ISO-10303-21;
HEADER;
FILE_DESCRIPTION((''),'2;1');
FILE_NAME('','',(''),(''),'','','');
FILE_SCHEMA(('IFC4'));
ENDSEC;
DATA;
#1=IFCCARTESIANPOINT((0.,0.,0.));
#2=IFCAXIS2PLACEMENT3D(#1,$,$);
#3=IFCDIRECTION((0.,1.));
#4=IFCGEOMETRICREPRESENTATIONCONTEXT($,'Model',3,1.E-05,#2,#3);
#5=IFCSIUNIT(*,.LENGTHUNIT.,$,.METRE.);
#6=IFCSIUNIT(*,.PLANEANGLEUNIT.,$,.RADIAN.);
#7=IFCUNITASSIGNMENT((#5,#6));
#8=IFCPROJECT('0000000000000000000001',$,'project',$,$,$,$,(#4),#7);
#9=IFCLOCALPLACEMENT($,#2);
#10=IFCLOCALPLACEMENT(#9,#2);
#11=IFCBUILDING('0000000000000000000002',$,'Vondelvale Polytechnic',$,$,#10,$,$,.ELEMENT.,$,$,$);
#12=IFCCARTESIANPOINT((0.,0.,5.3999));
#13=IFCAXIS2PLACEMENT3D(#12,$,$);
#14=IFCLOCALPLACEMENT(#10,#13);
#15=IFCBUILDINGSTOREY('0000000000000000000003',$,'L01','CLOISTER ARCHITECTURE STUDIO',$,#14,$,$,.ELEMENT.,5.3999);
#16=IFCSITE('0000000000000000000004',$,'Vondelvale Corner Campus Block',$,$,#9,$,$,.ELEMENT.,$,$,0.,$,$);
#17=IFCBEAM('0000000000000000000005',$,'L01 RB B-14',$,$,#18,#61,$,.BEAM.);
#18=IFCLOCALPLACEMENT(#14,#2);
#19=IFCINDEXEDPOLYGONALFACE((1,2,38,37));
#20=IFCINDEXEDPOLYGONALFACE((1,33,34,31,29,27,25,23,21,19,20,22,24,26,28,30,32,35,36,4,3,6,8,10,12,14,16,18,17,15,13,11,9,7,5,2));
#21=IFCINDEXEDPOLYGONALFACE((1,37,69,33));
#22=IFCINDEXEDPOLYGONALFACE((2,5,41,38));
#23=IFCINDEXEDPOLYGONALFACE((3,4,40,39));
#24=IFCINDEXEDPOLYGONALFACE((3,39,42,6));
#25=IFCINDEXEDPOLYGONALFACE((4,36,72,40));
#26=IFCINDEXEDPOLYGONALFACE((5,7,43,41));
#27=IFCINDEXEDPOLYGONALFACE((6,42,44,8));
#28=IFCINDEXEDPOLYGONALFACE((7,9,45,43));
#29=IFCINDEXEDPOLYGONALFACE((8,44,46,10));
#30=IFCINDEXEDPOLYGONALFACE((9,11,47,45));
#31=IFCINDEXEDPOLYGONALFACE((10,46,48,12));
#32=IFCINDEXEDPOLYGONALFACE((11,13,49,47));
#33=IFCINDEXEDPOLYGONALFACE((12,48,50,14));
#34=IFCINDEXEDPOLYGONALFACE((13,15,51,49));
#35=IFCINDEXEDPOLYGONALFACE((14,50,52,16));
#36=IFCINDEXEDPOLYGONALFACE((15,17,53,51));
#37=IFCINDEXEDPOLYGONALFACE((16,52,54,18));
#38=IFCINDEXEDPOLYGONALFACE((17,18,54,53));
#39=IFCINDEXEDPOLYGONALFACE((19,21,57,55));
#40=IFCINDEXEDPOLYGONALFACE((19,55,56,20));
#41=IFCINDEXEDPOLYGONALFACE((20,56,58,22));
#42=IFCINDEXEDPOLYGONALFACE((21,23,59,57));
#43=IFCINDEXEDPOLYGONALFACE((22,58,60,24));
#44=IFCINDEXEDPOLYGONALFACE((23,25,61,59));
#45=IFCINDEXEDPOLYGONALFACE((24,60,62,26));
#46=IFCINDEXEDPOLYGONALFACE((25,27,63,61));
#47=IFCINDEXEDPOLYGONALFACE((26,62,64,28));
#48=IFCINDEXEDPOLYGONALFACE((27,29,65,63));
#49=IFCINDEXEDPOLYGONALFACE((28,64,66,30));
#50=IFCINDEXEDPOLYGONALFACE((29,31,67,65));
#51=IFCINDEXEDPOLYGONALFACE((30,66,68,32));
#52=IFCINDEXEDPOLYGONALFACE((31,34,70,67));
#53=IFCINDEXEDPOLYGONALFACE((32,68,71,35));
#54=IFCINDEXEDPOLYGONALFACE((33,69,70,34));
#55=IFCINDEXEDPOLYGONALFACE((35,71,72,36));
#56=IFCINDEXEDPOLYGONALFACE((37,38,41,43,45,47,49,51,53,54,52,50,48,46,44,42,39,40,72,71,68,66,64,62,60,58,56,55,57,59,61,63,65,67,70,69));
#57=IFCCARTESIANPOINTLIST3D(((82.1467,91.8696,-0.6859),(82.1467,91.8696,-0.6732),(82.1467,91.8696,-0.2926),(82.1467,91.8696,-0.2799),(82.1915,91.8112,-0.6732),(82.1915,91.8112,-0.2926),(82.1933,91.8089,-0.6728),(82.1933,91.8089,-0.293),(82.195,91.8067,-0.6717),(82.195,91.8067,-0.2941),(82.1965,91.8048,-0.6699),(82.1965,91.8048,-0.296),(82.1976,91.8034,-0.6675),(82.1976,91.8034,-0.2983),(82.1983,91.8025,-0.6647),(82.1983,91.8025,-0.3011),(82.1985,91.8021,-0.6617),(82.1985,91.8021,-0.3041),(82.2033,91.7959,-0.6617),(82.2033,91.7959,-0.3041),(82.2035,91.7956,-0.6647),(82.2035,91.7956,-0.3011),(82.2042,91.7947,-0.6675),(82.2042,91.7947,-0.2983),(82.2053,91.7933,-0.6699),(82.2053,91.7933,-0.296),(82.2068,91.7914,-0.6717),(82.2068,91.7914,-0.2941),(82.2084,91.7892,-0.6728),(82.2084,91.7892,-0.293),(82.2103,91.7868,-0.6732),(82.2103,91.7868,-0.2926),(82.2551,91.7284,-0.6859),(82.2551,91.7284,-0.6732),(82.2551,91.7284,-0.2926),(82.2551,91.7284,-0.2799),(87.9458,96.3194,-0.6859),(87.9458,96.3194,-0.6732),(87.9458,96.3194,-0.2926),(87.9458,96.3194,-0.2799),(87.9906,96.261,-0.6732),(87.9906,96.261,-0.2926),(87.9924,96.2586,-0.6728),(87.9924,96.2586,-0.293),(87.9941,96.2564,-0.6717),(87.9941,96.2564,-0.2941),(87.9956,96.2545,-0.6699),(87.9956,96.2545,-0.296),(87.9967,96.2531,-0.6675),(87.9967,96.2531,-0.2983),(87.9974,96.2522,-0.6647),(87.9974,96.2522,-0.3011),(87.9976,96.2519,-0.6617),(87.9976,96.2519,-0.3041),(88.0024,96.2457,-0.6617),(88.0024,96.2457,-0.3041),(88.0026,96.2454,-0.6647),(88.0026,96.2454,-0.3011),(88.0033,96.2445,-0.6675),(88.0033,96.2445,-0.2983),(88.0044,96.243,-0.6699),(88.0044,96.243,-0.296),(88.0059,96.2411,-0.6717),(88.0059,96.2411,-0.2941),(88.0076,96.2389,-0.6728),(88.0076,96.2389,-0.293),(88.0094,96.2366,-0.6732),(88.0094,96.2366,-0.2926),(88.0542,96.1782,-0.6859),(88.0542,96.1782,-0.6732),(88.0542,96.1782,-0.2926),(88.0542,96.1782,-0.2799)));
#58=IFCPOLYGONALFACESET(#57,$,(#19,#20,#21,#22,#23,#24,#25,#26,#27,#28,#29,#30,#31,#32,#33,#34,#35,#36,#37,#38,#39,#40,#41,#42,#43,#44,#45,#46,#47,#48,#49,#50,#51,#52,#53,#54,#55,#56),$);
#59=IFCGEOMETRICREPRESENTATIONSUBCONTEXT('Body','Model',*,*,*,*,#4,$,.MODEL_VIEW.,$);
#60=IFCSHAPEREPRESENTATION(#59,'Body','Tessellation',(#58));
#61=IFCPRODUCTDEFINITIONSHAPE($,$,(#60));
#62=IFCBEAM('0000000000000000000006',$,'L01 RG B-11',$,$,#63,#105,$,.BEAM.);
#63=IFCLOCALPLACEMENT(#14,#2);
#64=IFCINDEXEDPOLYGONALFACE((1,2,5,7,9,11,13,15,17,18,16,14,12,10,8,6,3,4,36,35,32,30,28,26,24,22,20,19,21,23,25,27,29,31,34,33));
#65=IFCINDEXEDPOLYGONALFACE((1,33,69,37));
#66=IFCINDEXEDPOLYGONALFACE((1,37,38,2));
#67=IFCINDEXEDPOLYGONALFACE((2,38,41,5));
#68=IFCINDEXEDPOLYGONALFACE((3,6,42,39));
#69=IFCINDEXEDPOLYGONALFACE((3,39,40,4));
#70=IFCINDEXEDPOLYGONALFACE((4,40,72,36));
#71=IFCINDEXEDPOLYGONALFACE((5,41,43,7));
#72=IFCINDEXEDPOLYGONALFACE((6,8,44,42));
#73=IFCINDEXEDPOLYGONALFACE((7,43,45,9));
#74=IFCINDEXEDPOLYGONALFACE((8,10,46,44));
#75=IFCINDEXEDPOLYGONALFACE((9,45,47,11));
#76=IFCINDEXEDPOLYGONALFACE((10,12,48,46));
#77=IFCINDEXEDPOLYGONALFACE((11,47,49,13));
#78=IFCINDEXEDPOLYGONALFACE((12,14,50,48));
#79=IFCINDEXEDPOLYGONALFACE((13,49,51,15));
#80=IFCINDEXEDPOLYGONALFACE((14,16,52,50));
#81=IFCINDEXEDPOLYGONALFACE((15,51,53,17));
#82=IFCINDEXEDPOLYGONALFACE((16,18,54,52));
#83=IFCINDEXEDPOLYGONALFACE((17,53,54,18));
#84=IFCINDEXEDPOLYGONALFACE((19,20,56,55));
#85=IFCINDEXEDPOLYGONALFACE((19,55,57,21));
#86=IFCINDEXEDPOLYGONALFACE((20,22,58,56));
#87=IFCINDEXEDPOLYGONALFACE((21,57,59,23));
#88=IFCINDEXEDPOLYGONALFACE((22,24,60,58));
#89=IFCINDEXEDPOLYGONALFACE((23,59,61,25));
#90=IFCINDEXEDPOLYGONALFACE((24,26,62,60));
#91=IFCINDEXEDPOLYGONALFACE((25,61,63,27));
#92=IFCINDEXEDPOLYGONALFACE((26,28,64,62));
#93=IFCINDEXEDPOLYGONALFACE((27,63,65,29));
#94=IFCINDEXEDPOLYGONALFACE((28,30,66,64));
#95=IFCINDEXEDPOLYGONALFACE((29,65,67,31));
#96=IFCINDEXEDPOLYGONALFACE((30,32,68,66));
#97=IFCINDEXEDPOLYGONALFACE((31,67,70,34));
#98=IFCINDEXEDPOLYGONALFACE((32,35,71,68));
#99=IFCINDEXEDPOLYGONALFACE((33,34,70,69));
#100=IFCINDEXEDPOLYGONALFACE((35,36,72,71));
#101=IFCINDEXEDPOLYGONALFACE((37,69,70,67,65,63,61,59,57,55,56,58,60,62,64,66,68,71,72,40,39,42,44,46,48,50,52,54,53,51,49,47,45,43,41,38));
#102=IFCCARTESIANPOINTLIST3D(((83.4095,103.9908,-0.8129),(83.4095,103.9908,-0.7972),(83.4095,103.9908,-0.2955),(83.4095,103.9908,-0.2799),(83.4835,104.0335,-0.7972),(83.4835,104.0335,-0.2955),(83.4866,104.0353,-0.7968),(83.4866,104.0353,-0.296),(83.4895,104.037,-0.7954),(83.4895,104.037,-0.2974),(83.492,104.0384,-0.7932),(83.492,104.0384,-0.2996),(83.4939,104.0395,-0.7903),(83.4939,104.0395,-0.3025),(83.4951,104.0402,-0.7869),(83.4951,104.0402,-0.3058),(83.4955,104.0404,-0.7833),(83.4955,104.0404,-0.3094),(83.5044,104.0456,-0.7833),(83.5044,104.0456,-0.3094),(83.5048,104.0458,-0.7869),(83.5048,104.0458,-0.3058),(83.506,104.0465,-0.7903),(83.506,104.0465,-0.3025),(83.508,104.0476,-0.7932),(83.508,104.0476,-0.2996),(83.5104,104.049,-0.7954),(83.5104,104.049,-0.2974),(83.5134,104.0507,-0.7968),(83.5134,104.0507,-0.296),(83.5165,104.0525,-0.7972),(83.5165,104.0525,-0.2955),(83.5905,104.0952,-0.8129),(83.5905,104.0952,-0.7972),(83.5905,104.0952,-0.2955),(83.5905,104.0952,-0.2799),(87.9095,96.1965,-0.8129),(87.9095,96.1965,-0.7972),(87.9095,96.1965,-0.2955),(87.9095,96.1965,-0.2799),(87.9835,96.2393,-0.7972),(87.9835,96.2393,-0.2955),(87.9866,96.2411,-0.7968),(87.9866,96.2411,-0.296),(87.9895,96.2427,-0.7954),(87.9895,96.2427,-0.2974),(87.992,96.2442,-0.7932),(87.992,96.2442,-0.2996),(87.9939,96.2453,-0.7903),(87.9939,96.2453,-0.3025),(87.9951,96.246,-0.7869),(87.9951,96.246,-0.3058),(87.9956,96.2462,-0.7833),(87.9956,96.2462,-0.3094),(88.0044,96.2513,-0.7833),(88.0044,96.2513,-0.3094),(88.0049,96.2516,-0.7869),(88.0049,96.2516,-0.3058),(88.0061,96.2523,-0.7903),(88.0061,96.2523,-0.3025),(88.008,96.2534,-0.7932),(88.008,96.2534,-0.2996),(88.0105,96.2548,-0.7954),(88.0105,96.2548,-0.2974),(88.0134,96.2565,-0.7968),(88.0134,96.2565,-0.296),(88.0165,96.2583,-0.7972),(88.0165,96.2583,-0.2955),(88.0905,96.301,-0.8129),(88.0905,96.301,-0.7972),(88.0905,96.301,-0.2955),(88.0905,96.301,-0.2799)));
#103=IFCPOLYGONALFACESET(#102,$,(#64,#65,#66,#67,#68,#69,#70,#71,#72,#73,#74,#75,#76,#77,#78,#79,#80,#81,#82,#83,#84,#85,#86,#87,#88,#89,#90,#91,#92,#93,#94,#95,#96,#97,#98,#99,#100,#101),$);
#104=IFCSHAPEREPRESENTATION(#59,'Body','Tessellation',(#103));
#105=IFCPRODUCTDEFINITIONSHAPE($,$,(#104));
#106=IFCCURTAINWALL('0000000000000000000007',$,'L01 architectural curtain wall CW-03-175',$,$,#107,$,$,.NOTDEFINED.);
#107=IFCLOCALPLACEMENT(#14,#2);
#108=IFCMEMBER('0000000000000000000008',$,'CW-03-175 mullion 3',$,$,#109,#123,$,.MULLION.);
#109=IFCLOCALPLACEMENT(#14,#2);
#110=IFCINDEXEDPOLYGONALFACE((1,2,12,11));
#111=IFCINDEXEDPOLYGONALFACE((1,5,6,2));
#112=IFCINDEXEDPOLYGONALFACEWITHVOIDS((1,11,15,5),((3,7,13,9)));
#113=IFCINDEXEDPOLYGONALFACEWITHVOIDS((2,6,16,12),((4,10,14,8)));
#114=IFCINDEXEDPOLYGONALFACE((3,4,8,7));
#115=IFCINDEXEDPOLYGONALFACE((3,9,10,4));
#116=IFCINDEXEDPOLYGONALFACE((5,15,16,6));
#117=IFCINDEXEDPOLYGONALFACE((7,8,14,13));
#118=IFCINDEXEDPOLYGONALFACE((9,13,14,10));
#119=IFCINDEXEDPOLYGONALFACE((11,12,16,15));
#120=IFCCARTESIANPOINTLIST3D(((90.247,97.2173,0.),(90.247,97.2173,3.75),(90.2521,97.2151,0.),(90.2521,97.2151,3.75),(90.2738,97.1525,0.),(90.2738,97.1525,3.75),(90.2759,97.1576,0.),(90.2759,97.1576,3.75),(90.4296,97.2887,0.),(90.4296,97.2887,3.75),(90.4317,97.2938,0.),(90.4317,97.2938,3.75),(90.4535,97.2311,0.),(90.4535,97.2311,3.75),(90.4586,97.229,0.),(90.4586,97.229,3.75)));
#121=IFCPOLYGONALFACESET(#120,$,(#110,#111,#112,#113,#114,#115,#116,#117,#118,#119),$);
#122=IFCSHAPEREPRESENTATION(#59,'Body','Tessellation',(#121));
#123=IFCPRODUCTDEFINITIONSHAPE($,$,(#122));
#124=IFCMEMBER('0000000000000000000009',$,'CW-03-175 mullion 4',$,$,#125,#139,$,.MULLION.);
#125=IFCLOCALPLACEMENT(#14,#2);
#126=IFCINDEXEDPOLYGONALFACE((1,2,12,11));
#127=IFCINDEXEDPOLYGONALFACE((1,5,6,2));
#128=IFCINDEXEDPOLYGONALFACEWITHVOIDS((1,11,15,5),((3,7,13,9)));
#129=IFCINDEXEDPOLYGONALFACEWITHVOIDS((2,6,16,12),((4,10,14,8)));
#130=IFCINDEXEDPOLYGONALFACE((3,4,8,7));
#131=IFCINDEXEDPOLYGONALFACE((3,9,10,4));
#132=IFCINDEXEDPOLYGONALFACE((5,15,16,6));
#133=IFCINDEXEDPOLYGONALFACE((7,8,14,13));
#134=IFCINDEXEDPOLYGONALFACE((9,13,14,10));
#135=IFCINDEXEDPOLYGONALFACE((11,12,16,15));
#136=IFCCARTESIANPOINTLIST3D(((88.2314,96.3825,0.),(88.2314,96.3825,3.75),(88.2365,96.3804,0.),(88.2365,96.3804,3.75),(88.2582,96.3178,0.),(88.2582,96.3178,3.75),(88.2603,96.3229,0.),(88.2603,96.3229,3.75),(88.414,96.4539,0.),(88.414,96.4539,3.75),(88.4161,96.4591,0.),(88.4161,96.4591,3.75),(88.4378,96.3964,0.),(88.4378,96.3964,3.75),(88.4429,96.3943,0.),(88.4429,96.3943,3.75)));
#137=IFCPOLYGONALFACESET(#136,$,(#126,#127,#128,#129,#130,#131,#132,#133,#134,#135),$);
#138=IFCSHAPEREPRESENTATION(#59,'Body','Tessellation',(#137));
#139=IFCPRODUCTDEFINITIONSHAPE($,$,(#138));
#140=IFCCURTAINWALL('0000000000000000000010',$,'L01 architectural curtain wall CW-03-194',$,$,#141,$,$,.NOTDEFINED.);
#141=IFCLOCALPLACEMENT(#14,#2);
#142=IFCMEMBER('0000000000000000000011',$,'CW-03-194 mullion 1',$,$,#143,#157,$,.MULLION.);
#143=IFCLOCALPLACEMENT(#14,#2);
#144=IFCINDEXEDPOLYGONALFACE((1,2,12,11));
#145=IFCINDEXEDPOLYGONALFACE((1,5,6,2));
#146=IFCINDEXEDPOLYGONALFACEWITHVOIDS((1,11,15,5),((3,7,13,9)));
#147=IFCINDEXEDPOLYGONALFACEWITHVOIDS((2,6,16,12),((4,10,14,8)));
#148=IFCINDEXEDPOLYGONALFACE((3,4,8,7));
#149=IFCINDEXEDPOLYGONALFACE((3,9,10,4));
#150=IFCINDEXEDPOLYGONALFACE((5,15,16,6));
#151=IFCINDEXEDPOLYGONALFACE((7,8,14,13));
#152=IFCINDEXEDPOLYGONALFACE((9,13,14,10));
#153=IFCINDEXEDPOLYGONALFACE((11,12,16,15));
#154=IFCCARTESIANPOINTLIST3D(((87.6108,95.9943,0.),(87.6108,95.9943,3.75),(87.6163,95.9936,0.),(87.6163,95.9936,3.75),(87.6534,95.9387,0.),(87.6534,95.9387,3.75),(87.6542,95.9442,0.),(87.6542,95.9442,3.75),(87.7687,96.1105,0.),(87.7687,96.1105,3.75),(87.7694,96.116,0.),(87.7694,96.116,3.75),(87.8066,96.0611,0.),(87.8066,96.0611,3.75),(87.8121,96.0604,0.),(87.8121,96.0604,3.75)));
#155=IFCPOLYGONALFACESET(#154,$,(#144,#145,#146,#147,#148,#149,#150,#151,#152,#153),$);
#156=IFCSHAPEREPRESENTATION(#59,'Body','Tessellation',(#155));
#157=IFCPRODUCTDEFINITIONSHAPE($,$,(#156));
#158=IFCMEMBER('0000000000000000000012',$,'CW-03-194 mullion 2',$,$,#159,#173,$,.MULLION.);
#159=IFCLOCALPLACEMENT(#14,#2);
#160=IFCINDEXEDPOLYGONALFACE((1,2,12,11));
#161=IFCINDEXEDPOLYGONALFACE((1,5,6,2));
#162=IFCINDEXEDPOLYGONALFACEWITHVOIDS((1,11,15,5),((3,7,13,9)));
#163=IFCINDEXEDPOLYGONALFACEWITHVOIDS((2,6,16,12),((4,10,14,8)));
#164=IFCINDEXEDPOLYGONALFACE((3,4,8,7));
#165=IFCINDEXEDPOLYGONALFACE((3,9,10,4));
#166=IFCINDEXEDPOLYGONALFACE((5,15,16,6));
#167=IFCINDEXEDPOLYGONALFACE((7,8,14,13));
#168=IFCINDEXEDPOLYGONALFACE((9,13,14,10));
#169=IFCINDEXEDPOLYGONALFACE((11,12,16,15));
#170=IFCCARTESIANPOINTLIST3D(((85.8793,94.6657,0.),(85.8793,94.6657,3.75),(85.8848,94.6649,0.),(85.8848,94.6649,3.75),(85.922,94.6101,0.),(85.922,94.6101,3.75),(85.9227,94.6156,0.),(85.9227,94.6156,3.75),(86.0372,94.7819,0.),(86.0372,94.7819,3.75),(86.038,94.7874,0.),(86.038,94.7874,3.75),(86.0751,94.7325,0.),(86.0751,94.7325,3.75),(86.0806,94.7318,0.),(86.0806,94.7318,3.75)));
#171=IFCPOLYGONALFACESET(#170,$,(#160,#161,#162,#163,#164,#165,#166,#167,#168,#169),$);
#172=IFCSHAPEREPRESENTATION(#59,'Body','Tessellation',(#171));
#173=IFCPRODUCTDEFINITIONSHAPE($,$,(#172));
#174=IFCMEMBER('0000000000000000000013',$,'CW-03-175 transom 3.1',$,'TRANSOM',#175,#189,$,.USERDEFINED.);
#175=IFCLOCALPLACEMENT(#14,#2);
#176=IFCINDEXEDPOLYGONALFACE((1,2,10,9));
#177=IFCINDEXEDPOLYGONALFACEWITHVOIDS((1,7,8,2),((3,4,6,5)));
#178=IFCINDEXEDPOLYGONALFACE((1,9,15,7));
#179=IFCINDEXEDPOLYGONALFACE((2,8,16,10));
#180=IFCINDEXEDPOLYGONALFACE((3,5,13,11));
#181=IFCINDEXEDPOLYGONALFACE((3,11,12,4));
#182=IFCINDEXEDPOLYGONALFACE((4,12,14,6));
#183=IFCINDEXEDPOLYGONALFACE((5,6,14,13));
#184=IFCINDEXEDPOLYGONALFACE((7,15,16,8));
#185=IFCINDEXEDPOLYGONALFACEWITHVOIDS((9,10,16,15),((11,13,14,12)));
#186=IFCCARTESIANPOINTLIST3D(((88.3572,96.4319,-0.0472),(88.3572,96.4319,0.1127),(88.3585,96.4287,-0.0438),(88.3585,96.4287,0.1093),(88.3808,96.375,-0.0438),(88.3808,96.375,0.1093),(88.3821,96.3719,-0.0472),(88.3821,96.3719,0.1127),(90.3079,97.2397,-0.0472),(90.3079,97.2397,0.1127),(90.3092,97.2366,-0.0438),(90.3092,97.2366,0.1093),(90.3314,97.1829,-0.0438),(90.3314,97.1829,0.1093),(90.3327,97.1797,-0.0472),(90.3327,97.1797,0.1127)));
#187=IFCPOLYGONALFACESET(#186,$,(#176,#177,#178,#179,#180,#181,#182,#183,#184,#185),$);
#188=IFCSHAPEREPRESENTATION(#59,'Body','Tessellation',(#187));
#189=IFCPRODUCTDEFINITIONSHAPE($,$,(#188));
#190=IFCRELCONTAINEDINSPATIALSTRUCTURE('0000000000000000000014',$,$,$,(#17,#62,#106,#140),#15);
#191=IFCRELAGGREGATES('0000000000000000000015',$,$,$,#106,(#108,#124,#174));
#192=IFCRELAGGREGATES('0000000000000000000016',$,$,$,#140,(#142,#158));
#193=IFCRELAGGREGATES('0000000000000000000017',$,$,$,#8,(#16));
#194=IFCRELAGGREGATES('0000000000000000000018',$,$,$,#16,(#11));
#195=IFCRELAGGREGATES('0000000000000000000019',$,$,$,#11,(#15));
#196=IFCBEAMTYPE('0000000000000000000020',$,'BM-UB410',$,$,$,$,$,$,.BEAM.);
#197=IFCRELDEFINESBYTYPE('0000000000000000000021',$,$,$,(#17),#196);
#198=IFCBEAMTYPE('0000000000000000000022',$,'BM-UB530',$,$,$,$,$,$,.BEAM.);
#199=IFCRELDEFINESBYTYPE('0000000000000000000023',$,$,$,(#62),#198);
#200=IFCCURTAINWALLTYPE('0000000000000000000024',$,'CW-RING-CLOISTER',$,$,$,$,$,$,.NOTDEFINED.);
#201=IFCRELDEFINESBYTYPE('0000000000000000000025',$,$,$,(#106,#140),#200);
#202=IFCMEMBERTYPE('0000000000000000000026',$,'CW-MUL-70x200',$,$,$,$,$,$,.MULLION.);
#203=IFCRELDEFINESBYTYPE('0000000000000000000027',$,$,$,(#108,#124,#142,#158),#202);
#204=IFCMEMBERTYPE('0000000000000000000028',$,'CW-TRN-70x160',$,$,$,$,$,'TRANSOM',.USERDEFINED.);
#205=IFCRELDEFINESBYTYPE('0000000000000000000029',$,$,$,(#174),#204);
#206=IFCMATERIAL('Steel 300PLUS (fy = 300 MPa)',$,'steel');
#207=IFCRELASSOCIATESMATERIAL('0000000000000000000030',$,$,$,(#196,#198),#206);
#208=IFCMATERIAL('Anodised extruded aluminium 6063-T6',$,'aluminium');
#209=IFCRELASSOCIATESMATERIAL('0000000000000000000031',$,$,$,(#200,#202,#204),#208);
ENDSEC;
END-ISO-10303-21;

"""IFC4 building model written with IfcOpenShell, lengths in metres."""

from ifc_helpers import new_model, si_unit, direction, frame, origin, origin_2d, place, context, subcontext, project, spatial, hollow_rectangle, i_section, extrude, material, material_profile, profile_set, type_object, element, aggregate, save


model = new_model("IFC4")

# Units and contexts
model_context = context("Model", 3, precision=1e-05, world=origin(), true_north=direction((0.0, 1.0)))
body_context = subcontext(model_context, "Body", "Model", "MODEL_VIEW")
ifc_project = project(units=[si_unit("LENGTHUNIT", "METRE"), si_unit("PLANEANGLEUNIT", "RADIAN")], contexts=[model_context])

# Site, building, storey
site_placement = place(None, origin())
site = spatial("IfcSite", under=ifc_project, at=site_placement, Name="Vondelvale Corner Campus Block", CompositionType="ELEMENT", RefElevation=0.0)
building_placement = place(site_placement, origin())
building = spatial("IfcBuilding", under=site, at=building_placement, Name="Vondelvale Polytechnic", CompositionType="ELEMENT")
storey_placement = place(building_placement, frame((0.0, 0.0, 5.3999)))
storey = spatial("IfcBuildingStorey", under=building, at=storey_placement, Name="L01", Description="CLOISTER ARCHITECTURE STUDIO", CompositionType="ELEMENT", Elevation=5.3999)

# Beams
ifc_material_1 = material(Name="Steel 300PLUS (fy = 300 MPa)", Category="steel")
ifc_material_profile_1 = material_profile(ifc_material_1, i_section(OverallWidth=0.178, OverallDepth=0.406, WebThickness=0.0078, FlangeThickness=0.0127, FilletRadius=0.0115, at=origin_2d()), Name="410UB59.7")
ifc_profile_set_1 = profile_set([ifc_material_profile_1], Name="Steel 300PLUS (fy = 300 MPa)")
beam_type_1 = type_object("IfcBeamType", Name="BM-UB410", PredefinedType="BEAM", material=ifc_profile_set_1)
beam_1_placement = place(storey_placement, frame((88.0, 96.2488, -0.4829), z_axis=(-0.793358, -0.608755, 0.0), x_axis=(0.608755, -0.793358, 0.0)))
element("IfcBeam", 1, at=beam_1_placement, inside=storey, type_object=beam_type_1, Name="L01 RB B-14", PredefinedType="BEAM", context=body_context, shape_type="SweptSolid", body=[
    extrude(i_section(OverallWidth=0.178, OverallDepth=0.406, WebThickness=0.0078, FlangeThickness=0.0127, FilletRadius=0.0115, at=origin_2d()), origin(), (0.0, 0.0, 1.0), 7.3096),
])
ifc_material_profile_2 = material_profile(ifc_material_1, i_section(OverallWidth=0.209, OverallDepth=0.533, WebThickness=0.0103, FlangeThickness=0.0156, FilletRadius=0.0139, at=origin_2d()), Name="530UB92.4")
ifc_profile_set_2 = profile_set([ifc_material_profile_2], Name="Steel 300PLUS (fy = 300 MPa)")
beam_type_2 = type_object("IfcBeamType", Name="BM-UB530", PredefinedType="BEAM", material=ifc_profile_set_2)
beam_2_placement = place(storey_placement, frame((88.0, 96.2488, -0.5464), z_axis=(-0.500002, 0.866024, 0.0), x_axis=(-0.866024, -0.500002, 0.0)))
element("IfcBeam", 2, at=beam_2_placement, inside=storey, type_object=beam_type_2, Name="L01 RG B-11", PredefinedType="BEAM", context=body_context, shape_type="SweptSolid", body=[
    extrude(i_section(OverallWidth=0.209, OverallDepth=0.533, WebThickness=0.0103, FlangeThickness=0.0156, FilletRadius=0.0139, at=origin_2d()), origin(), (0.0, 0.0, 1.0), 9.0),
])

# Curtain walls, members
ifc_material_2 = material(Name="Anodised extruded aluminium 6063-T6", Category="aluminium")
curtain_wall_type = type_object("IfcCurtainWallType", Name="CW-RING-CLOISTER", PredefinedType="NOTDEFINED", material=ifc_material_2)
curtain_wall_1_placement = place(storey_placement, origin())
curtain_wall_1 = element("IfcCurtainWall", 3, at=curtain_wall_1_placement, inside=storey, type_object=curtain_wall_type, Name="L01 architectural curtain wall CW-03-175", PredefinedType="NOTDEFINED")
ifc_material_profile_3 = material_profile(ifc_material_2, hollow_rectangle(XDim=0.0701, YDim=0.2, WallThickness=0.0039, at=origin_2d()), Name="CW-MUL-200x70")
ifc_profile_set_3 = profile_set([ifc_material_profile_3], Name="Anodised extruded aluminium 6063-T6")
member_type_1 = type_object("IfcMemberType", Name="CW-MUL-70x200", PredefinedType="MULLION", material=ifc_profile_set_3)
member_1_placement = place(storey_placement, frame((90.3528, 97.2231, 0.0), z_axis=(0.0, 0.0, 1.0), x_axis=(0.382679, -0.923882, 0.0)))
member_1 = element("IfcMember", 4, at=member_1_placement, type_object=member_type_1, Name="CW-03-175 mullion 3", PredefinedType="MULLION", context=body_context, shape_type="SweptSolid", body=[
    extrude(hollow_rectangle(XDim=0.0701, YDim=0.2, WallThickness=0.0039, at=origin_2d()), origin(), (0.0, 0.0, 1.0), 3.75),
])
member_2_placement = place(storey_placement, frame((88.3372, 96.3884, 0.0), z_axis=(0.0, 0.0, 1.0), x_axis=(0.382679, -0.923882, 0.0)))
member_2 = element("IfcMember", 5, at=member_2_placement, type_object=member_type_1, Name="CW-03-175 mullion 4", PredefinedType="MULLION", context=body_context, shape_type="SweptSolid", body=[
    extrude(hollow_rectangle(XDim=0.0701, YDim=0.2, WallThickness=0.0039, at=origin_2d()), origin(), (0.0, 0.0, 1.0), 3.75),
])
curtain_wall_2_placement = place(storey_placement, origin())
curtain_wall_2 = element("IfcCurtainWall", 6, at=curtain_wall_2_placement, inside=storey, type_object=curtain_wall_type, Name="L01 architectural curtain wall CW-03-194", PredefinedType="NOTDEFINED")
member_3_placement = place(storey_placement, frame((87.7114, 96.0273, 0.0), z_axis=(0.0, 0.0, 1.0), x_axis=(0.608748, -0.793364, 0.0)))
member_3 = element("IfcMember", 7, at=member_3_placement, type_object=member_type_1, Name="CW-03-194 mullion 1", PredefinedType="MULLION", context=body_context, shape_type="SweptSolid", body=[
    extrude(hollow_rectangle(XDim=0.0701, YDim=0.2, WallThickness=0.0039, at=origin_2d()), origin(), (0.0, 0.0, 1.0), 3.75),
])
member_4_placement = place(storey_placement, frame((85.98, 94.6987, 0.0), z_axis=(0.0, 0.0, 1.0), x_axis=(0.608748, -0.793364, 0.0)))
member_4 = element("IfcMember", 8, at=member_4_placement, type_object=member_type_1, Name="CW-03-194 mullion 2", PredefinedType="MULLION", context=body_context, shape_type="SweptSolid", body=[
    extrude(hollow_rectangle(XDim=0.0701, YDim=0.2, WallThickness=0.0039, at=origin_2d()), origin(), (0.0, 0.0, 1.0), 3.75),
])

# Member
ifc_material_profile_4 = material_profile(ifc_material_2, hollow_rectangle(XDim=0.0649, YDim=0.1599, WallThickness=0.0034, at=origin_2d()), Name="CW-TRN-160x65")
ifc_profile_set_4 = profile_set([ifc_material_profile_4], Name="Anodised extruded aluminium 6063-T6")
member_type_2 = type_object("IfcMemberType", Name="CW-TRN-70x160", ElementType="TRANSOM", PredefinedType="USERDEFINED", material=ifc_profile_set_4)
member_5_placement = place(storey_placement, frame((90.3203, 97.2097, 0.0327), z_axis=(-0.923903, -0.382628, 0.0), x_axis=(0.382628, -0.923903, 0.0)))
member_5 = element("IfcMember", 9, at=member_5_placement, type_object=member_type_2, Name="CW-03-175 transom 3.1", ObjectType="TRANSOM", PredefinedType="USERDEFINED", context=body_context, shape_type="SweptSolid", body=[
    extrude(hollow_rectangle(XDim=0.0649, YDim=0.1599, WallThickness=0.0034, at=origin_2d()), origin(), (0.0, 0.0, 1.0), 2.1113),
])

aggregate(curtain_wall_1, [member_1, member_2, member_5])
aggregate(curtain_wall_2, [member_3, member_4])

save(model, "model.ifc")
